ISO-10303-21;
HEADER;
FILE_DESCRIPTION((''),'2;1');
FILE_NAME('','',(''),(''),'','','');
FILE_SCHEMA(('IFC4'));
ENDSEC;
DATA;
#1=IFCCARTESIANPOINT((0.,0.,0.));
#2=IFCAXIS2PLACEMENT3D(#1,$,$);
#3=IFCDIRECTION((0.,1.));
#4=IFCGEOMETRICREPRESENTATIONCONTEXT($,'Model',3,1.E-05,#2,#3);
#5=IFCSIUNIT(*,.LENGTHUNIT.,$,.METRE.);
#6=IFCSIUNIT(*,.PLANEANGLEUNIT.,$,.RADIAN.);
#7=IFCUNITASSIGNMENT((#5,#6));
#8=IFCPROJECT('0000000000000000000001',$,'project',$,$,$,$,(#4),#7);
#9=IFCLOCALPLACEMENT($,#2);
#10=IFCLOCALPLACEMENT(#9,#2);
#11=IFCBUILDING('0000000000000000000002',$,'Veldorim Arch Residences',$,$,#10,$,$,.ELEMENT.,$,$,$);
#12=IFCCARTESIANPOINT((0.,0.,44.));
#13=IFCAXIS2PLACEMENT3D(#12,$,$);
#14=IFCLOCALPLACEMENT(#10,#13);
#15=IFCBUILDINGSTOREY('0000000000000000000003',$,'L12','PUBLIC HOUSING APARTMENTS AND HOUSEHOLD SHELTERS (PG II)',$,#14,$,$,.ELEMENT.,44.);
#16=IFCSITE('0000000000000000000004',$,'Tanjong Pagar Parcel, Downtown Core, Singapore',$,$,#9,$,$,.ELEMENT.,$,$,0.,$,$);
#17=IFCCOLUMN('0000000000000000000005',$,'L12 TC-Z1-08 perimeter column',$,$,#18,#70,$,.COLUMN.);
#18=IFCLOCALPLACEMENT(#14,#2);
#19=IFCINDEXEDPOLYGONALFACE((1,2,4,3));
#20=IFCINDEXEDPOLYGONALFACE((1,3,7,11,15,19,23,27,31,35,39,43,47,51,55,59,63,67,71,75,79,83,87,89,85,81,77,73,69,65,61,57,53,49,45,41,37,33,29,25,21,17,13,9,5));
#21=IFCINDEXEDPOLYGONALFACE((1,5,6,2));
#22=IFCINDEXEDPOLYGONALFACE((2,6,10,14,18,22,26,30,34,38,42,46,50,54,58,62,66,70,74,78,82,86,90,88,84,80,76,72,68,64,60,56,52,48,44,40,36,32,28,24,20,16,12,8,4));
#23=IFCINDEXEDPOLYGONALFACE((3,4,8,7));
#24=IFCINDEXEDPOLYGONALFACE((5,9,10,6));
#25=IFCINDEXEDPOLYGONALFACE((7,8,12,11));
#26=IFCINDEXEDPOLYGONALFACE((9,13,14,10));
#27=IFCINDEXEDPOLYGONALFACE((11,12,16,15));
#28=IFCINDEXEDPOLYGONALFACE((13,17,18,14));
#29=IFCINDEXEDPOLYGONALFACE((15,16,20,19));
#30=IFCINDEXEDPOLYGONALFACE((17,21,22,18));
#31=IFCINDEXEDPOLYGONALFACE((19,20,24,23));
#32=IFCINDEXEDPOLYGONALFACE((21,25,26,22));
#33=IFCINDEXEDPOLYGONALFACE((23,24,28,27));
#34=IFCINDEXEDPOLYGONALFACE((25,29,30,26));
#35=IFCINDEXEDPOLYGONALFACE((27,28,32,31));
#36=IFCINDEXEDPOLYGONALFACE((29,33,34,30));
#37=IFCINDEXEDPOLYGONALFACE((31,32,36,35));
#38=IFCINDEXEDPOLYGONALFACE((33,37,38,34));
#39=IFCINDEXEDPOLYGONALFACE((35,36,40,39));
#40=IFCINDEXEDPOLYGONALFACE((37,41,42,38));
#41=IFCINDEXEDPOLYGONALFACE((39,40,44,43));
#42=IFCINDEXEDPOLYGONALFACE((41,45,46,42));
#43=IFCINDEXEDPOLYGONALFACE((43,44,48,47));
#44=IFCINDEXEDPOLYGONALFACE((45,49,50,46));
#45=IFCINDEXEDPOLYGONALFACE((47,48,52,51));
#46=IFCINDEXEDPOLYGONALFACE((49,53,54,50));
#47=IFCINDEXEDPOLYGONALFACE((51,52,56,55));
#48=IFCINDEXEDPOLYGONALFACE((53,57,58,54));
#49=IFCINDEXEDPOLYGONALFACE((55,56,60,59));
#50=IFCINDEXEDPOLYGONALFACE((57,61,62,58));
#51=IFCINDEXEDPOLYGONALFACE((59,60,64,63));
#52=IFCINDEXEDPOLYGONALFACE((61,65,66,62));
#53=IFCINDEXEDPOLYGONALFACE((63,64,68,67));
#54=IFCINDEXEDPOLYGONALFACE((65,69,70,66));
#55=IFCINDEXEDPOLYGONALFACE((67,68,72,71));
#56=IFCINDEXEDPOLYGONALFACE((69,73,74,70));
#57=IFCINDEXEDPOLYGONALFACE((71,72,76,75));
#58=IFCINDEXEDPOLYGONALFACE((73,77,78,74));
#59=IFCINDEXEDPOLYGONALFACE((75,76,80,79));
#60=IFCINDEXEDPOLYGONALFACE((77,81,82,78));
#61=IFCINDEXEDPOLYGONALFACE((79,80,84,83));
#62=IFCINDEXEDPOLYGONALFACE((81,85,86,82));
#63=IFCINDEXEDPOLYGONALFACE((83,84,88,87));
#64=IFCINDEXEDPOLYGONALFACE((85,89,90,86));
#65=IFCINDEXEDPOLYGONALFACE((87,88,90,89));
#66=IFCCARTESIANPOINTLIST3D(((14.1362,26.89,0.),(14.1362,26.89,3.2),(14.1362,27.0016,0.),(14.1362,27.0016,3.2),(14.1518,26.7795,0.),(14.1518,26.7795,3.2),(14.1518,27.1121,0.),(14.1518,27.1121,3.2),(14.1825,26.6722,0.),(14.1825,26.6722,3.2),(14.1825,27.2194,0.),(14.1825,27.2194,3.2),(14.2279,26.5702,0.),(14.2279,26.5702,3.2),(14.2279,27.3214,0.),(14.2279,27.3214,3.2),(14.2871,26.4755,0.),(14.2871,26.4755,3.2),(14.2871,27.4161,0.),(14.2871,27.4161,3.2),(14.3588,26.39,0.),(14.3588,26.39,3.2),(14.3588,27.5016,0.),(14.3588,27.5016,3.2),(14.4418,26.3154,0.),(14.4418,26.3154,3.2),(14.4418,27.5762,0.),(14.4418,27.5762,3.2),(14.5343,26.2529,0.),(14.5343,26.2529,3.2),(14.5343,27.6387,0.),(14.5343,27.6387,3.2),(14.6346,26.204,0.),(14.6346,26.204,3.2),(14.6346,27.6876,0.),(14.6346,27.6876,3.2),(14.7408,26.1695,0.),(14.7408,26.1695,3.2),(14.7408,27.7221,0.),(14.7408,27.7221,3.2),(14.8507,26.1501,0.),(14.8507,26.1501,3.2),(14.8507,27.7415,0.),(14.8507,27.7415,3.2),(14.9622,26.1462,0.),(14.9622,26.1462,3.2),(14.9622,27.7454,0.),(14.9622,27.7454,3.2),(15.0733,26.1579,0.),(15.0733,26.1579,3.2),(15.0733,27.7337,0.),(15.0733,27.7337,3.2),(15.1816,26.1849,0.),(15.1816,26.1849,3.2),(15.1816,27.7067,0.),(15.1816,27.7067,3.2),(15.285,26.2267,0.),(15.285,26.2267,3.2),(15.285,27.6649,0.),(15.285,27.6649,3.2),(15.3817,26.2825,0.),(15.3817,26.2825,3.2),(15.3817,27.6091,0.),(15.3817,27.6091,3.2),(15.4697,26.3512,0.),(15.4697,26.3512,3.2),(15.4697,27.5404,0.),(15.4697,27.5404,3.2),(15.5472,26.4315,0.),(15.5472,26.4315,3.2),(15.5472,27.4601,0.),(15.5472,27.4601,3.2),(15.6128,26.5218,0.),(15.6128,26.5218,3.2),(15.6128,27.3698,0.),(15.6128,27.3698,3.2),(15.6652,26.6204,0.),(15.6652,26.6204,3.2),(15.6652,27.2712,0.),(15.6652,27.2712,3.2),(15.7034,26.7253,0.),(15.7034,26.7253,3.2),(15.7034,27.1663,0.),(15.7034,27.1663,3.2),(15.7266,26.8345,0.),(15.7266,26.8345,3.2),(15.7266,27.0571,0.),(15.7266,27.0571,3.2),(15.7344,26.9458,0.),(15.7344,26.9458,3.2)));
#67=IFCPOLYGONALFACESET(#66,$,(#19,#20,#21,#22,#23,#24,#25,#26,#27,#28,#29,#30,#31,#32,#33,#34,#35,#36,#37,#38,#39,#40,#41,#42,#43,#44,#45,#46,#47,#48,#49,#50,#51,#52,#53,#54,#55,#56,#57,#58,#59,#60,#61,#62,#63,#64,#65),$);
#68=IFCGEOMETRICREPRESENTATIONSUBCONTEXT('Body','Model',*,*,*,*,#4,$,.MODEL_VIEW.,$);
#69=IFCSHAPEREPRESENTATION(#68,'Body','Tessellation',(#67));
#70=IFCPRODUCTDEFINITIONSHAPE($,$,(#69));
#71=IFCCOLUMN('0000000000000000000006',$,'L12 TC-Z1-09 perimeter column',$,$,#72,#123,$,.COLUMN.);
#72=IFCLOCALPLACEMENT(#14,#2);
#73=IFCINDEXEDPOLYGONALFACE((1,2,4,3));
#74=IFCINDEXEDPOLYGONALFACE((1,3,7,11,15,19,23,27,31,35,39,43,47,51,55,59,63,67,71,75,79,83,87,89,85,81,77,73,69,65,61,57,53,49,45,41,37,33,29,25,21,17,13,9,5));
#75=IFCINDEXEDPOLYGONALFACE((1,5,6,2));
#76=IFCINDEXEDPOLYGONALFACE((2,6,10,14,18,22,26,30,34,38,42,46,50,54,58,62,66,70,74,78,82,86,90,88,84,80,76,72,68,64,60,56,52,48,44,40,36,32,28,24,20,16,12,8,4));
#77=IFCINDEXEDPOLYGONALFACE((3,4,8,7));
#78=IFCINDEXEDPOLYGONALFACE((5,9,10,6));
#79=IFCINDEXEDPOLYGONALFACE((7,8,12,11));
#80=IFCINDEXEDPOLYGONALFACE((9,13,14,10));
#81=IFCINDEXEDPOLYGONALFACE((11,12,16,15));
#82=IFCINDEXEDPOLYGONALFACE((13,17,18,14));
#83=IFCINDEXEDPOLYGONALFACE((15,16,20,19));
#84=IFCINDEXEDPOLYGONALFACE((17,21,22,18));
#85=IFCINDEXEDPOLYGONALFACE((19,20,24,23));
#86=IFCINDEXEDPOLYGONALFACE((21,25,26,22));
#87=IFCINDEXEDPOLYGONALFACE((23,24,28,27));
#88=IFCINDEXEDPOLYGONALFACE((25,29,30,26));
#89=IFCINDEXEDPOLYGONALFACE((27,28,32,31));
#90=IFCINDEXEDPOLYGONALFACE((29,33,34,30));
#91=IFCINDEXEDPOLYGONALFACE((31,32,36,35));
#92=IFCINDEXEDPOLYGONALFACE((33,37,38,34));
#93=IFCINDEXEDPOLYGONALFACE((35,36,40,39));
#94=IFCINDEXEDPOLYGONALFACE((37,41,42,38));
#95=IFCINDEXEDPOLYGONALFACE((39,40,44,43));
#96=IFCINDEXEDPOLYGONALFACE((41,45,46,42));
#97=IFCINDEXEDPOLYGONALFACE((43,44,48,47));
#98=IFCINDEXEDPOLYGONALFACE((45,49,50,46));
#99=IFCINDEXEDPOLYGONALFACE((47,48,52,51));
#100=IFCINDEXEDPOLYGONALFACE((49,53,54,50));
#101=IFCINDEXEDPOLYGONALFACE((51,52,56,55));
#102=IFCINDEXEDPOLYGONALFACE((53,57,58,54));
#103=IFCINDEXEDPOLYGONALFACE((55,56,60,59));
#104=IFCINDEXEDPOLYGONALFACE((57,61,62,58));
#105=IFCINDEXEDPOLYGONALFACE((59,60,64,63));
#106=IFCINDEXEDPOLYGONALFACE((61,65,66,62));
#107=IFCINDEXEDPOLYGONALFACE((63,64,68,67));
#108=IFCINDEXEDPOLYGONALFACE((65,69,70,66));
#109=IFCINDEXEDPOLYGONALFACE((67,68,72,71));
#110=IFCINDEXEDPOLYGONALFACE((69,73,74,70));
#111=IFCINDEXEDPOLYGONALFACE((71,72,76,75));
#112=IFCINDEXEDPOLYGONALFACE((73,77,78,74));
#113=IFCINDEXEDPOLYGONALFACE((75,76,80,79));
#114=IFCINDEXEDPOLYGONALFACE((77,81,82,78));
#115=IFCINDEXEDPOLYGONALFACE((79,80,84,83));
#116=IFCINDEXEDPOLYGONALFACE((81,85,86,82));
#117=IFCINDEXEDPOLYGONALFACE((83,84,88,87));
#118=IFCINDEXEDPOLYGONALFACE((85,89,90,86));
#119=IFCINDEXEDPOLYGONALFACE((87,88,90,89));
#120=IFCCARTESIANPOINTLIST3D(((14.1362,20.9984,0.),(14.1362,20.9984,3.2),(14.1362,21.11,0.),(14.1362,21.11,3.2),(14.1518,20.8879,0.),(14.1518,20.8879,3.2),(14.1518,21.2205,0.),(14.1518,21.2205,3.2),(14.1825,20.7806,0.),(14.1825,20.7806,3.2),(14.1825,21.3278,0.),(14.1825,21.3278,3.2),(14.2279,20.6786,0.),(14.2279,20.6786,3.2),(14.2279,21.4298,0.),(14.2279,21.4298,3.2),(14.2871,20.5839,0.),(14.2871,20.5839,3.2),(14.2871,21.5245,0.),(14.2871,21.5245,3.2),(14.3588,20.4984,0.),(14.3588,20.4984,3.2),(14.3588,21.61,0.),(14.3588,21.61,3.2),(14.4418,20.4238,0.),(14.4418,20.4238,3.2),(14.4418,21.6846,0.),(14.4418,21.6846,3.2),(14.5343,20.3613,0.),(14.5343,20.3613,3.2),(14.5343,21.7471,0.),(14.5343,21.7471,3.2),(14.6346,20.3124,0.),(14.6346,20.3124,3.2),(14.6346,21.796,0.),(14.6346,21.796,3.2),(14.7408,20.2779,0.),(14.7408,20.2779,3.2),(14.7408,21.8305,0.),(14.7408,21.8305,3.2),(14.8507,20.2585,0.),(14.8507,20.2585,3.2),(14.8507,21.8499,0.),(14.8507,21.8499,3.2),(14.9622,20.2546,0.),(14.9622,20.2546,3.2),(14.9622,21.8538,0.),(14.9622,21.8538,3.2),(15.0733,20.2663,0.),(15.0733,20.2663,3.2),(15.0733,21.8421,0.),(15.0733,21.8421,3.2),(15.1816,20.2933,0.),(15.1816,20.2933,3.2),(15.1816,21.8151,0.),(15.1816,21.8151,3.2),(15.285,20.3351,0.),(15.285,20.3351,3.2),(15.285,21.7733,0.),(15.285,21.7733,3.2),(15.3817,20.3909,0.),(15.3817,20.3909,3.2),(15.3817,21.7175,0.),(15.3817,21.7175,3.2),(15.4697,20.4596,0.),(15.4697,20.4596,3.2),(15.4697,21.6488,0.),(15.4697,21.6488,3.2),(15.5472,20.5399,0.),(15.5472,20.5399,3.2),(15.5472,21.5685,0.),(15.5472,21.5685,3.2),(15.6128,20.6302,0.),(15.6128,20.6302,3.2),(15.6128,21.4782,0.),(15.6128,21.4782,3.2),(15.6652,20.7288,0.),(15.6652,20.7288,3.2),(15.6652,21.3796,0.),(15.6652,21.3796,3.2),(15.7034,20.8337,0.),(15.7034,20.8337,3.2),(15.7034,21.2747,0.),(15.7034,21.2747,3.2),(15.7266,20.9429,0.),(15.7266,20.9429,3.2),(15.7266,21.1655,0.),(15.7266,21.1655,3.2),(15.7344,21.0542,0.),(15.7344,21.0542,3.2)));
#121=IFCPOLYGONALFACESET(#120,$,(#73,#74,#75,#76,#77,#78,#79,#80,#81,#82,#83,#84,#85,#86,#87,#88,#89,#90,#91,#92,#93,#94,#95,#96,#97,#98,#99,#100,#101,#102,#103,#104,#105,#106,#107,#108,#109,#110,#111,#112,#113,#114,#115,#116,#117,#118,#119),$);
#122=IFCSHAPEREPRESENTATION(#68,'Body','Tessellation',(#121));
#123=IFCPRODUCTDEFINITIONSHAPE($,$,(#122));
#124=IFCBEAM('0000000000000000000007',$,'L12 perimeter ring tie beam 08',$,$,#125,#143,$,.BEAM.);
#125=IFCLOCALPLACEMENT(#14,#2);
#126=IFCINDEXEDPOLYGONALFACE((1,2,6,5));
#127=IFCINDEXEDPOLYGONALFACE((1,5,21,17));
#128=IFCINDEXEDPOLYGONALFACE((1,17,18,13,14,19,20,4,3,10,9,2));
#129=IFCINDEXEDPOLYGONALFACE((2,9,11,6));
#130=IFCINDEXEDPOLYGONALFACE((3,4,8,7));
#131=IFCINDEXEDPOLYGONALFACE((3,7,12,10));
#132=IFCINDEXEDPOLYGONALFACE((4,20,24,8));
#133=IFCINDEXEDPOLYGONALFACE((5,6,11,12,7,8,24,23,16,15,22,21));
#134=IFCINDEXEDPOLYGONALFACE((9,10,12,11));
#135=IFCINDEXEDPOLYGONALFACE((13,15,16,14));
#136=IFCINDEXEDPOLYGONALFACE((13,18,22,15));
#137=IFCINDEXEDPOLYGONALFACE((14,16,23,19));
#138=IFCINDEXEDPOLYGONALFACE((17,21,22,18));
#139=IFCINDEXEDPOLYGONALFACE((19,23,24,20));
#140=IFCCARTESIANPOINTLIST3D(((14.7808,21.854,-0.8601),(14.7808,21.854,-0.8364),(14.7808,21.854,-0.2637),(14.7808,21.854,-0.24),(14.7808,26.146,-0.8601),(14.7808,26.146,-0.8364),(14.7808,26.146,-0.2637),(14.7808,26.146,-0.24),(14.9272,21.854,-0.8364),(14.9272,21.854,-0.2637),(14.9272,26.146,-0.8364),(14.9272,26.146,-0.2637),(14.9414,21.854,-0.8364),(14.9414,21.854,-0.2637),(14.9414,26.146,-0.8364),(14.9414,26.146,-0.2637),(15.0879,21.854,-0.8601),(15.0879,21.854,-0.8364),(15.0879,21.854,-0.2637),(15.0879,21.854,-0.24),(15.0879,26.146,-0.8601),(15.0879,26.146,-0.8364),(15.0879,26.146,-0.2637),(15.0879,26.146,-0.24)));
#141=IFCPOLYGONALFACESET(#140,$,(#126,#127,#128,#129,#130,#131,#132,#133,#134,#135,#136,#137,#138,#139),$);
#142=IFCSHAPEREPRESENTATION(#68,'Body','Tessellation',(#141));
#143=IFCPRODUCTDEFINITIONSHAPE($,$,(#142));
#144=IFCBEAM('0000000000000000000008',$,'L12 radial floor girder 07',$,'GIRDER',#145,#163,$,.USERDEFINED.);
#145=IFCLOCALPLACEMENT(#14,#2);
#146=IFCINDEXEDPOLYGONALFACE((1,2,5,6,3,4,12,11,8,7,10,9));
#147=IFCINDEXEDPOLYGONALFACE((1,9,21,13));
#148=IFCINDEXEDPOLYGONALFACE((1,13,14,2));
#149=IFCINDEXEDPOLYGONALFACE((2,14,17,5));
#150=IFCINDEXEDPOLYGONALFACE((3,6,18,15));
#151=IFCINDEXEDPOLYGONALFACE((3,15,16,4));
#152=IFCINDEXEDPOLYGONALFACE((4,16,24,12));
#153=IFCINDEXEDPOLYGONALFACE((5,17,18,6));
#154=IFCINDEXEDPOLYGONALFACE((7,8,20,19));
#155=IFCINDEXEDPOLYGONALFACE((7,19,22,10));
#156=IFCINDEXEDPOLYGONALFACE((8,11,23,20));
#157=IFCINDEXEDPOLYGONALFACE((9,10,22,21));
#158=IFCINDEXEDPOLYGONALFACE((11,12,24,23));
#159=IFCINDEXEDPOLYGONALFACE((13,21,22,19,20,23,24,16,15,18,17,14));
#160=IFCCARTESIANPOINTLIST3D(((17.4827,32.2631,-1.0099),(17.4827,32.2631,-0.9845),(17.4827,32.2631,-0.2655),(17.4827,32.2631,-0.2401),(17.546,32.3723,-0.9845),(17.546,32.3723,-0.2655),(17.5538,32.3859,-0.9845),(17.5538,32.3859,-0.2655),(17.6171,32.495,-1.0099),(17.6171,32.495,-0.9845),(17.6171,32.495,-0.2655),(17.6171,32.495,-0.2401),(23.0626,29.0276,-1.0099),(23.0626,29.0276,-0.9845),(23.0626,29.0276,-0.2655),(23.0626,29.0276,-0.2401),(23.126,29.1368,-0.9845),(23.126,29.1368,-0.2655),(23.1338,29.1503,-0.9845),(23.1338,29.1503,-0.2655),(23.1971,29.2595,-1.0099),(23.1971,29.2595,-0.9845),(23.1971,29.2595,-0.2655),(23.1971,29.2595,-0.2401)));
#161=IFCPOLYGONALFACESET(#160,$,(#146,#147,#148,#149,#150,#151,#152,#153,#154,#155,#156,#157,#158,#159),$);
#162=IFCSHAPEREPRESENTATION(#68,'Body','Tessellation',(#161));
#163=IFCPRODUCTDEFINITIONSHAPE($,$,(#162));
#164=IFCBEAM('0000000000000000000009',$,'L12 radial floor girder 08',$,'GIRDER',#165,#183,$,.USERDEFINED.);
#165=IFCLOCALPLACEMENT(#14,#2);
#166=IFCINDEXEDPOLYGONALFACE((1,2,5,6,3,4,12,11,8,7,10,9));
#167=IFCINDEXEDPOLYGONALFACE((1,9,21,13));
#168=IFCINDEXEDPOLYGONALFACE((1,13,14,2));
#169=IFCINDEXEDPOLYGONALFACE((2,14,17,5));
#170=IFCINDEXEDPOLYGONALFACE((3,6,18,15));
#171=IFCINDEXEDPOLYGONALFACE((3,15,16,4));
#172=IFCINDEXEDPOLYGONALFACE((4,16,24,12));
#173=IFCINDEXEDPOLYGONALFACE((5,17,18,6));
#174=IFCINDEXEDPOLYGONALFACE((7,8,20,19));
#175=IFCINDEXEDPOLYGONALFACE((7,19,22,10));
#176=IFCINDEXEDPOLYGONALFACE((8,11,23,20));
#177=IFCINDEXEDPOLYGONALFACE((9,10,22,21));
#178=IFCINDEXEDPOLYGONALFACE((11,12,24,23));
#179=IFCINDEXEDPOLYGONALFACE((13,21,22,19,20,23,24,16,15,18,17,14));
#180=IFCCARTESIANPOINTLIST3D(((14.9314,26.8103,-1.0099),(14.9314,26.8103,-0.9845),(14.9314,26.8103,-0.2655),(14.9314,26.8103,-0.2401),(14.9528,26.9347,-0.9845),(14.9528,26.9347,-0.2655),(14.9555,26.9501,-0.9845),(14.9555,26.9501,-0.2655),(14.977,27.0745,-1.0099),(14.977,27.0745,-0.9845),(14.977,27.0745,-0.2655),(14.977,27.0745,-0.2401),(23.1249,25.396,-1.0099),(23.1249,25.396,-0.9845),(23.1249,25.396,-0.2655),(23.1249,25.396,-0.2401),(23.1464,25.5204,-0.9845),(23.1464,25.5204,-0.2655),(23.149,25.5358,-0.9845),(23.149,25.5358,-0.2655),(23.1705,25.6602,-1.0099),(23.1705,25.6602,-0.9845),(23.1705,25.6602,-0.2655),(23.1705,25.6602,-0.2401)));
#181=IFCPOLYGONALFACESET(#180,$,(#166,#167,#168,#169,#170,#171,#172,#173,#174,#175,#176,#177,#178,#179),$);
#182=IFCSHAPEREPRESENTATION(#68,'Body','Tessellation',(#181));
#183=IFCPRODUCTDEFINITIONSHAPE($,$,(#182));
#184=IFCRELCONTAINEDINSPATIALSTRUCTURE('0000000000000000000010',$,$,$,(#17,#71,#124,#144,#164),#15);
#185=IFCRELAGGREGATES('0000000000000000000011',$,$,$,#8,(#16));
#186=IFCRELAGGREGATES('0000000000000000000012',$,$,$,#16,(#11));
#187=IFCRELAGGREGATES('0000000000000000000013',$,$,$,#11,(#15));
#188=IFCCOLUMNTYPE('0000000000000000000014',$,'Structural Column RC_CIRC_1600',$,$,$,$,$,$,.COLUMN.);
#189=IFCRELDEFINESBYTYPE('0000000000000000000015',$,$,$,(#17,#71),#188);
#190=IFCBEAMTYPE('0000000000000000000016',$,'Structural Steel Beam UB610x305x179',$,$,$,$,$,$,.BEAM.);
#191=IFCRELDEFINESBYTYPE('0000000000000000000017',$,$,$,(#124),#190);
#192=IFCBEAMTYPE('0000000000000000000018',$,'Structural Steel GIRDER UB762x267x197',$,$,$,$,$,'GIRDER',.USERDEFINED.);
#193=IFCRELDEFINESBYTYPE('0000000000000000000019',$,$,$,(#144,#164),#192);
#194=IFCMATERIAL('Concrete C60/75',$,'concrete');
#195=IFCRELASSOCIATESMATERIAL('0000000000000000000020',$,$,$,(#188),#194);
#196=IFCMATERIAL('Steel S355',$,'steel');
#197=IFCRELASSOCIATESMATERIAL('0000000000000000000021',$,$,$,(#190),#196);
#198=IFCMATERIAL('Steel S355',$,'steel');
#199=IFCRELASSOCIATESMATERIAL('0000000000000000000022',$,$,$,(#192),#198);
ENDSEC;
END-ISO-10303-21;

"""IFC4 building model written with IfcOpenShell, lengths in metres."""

from ifc_helpers import new_model, si_unit, direction, frame, origin, origin_2d, place, context, subcontext, project, spatial, circle, i_section, extrude, material, material_profile, profile_set, type_object, element, save


model = new_model("IFC4")

# Units and contexts
model_context = context("Model", 3, precision=1e-05, world=origin(), true_north=direction((0.0, 1.0)))
body_context = subcontext(model_context, "Body", "Model", "MODEL_VIEW")
ifc_project = project(units=[si_unit("LENGTHUNIT", "METRE"), si_unit("PLANEANGLEUNIT", "RADIAN")], contexts=[model_context])

# Site, building, storey
site_placement = place(None, origin())
site = spatial("IfcSite", under=ifc_project, at=site_placement, Name="Tanjong Pagar Parcel, Downtown Core, Singapore", CompositionType="ELEMENT", RefElevation=0.0)
building_placement = place(site_placement, origin())
building = spatial("IfcBuilding", under=site, at=building_placement, Name="Veldorim Arch Residences", CompositionType="ELEMENT")
storey_placement = place(building_placement, frame((0.0, 0.0, 44.0)))
storey = spatial("IfcBuildingStorey", under=building, at=storey_placement, Name="L12", Description="PUBLIC HOUSING APARTMENTS AND HOUSEHOLD SHELTERS (PG II)", CompositionType="ELEMENT", Elevation=44.0)

# Columns
ifc_material_1 = material(Name="Concrete C60/75", Category="concrete")
ifc_material_profile_1 = material_profile(ifc_material_1, circle(Radius=0.8, at=origin_2d()), Name="RC_CIRC_1600")
ifc_profile_set_1 = profile_set([ifc_material_profile_1], Name="Concrete C60/75")
column_type = type_object("IfcColumnType", Name="Structural Column RC_CIRC_1600", PredefinedType="COLUMN", material=ifc_profile_set_1)
for number, where, z_axis, x_axis, name in (
    (1, (14.9343, 26.9458, 0.0), (0.0, 0.0, 1.0), (1.0, 0.0, 0.0), "L12 TC-Z1-08 perimeter column"),
    (2, (14.9343, 21.0542, 0.0), (0.0, 0.0, 1.0), (1.0, 0.0, 0.0), "L12 TC-Z1-09 perimeter column"),
):
    element("IfcColumn", number, at=place(storey_placement, frame(where, z_axis=z_axis, x_axis=x_axis)), inside=storey, type_object=column_type, Name=name, PredefinedType="COLUMN", context=body_context, shape_type="SweptSolid", body=[
        extrude(circle(Radius=0.8, at=origin_2d()), origin(), (0.0, 0.0, 1.0), 3.2),
    ])

# Beams
ifc_material_2 = material(Name="Steel S355", Category="steel")
ifc_material_profile_2 = material_profile(ifc_material_2, i_section(OverallWidth=0.3071, OverallDepth=0.6201, WebThickness=0.0142, FlangeThickness=0.0237, at=origin_2d()), Name="UB610x305x179")
ifc_profile_set_2 = profile_set([ifc_material_profile_2], Name="Steel S355")
beam_type_1 = type_object("IfcBeamType", Name="Structural Steel Beam UB610x305x179", PredefinedType="BEAM", material=ifc_profile_set_2)
beam_1_placement = place(storey_placement, frame((14.9343, 26.146, -0.55), z_axis=(0.0, -1.0, 0.0), x_axis=(1.0, 0.0, 0.0)))
element("IfcBeam", 3, at=beam_1_placement, inside=storey, type_object=beam_type_1, Name="L12 perimeter ring tie beam 08", PredefinedType="BEAM", context=body_context, shape_type="SweptSolid", body=[
    extrude(i_section(OverallWidth=0.3071, OverallDepth=0.6201, WebThickness=0.0142, FlangeThickness=0.0237, at=origin_2d()), origin(), (0.0, 0.0, 1.0), 4.292),
])
ifc_material_3 = material(Name="Steel S355", Category="steel")
ifc_material_profile_3 = material_profile(ifc_material_3, i_section(OverallWidth=0.2681, OverallDepth=0.7698, WebThickness=0.0156, FlangeThickness=0.0254, at=origin_2d()), Name="UB762x267x197")
ifc_profile_set_3 = profile_set([ifc_material_profile_3], Name="Steel S355")
beam_type_2 = type_object("IfcBeamType", Name="Structural Steel GIRDER UB762x267x197", ElementType="GIRDER", PredefinedType="USERDEFINED", material=ifc_profile_set_3)
beam_2_placement = place(storey_placement, frame((23.1299, 29.1436, -0.625), z_axis=(-0.865088, 0.50162, 0.0), x_axis=(-0.50162, -0.865088, 0.0)))
element("IfcBeam", 4, at=beam_2_placement, inside=storey, type_object=beam_type_2, Name="L12 radial floor girder 07", ObjectType="GIRDER", PredefinedType="USERDEFINED", context=body_context, shape_type="SweptSolid", body=[
    extrude(i_section(OverallWidth=0.2681, OverallDepth=0.7698, WebThickness=0.0156, FlangeThickness=0.0254, at=origin_2d()), origin(), (0.0, 0.0, 1.0), 6.4502),
])
beam_3_placement = place(storey_placement, frame((23.1477, 25.5281, -0.625), z_axis=(-0.985428, 0.170096, 0.0), x_axis=(-0.170096, -0.985428, 0.0)))
element("IfcBeam", 5, at=beam_3_placement, inside=storey, type_object=beam_type_2, Name="L12 radial floor girder 08", ObjectType="GIRDER", PredefinedType="USERDEFINED", context=body_context, shape_type="SweptSolid", body=[
    extrude(i_section(OverallWidth=0.2681, OverallDepth=0.7698, WebThickness=0.0156, FlangeThickness=0.0254, at=origin_2d()), origin(), (0.0, 0.0, 1.0), 8.3147),
])

save(model, "model.ifc")
